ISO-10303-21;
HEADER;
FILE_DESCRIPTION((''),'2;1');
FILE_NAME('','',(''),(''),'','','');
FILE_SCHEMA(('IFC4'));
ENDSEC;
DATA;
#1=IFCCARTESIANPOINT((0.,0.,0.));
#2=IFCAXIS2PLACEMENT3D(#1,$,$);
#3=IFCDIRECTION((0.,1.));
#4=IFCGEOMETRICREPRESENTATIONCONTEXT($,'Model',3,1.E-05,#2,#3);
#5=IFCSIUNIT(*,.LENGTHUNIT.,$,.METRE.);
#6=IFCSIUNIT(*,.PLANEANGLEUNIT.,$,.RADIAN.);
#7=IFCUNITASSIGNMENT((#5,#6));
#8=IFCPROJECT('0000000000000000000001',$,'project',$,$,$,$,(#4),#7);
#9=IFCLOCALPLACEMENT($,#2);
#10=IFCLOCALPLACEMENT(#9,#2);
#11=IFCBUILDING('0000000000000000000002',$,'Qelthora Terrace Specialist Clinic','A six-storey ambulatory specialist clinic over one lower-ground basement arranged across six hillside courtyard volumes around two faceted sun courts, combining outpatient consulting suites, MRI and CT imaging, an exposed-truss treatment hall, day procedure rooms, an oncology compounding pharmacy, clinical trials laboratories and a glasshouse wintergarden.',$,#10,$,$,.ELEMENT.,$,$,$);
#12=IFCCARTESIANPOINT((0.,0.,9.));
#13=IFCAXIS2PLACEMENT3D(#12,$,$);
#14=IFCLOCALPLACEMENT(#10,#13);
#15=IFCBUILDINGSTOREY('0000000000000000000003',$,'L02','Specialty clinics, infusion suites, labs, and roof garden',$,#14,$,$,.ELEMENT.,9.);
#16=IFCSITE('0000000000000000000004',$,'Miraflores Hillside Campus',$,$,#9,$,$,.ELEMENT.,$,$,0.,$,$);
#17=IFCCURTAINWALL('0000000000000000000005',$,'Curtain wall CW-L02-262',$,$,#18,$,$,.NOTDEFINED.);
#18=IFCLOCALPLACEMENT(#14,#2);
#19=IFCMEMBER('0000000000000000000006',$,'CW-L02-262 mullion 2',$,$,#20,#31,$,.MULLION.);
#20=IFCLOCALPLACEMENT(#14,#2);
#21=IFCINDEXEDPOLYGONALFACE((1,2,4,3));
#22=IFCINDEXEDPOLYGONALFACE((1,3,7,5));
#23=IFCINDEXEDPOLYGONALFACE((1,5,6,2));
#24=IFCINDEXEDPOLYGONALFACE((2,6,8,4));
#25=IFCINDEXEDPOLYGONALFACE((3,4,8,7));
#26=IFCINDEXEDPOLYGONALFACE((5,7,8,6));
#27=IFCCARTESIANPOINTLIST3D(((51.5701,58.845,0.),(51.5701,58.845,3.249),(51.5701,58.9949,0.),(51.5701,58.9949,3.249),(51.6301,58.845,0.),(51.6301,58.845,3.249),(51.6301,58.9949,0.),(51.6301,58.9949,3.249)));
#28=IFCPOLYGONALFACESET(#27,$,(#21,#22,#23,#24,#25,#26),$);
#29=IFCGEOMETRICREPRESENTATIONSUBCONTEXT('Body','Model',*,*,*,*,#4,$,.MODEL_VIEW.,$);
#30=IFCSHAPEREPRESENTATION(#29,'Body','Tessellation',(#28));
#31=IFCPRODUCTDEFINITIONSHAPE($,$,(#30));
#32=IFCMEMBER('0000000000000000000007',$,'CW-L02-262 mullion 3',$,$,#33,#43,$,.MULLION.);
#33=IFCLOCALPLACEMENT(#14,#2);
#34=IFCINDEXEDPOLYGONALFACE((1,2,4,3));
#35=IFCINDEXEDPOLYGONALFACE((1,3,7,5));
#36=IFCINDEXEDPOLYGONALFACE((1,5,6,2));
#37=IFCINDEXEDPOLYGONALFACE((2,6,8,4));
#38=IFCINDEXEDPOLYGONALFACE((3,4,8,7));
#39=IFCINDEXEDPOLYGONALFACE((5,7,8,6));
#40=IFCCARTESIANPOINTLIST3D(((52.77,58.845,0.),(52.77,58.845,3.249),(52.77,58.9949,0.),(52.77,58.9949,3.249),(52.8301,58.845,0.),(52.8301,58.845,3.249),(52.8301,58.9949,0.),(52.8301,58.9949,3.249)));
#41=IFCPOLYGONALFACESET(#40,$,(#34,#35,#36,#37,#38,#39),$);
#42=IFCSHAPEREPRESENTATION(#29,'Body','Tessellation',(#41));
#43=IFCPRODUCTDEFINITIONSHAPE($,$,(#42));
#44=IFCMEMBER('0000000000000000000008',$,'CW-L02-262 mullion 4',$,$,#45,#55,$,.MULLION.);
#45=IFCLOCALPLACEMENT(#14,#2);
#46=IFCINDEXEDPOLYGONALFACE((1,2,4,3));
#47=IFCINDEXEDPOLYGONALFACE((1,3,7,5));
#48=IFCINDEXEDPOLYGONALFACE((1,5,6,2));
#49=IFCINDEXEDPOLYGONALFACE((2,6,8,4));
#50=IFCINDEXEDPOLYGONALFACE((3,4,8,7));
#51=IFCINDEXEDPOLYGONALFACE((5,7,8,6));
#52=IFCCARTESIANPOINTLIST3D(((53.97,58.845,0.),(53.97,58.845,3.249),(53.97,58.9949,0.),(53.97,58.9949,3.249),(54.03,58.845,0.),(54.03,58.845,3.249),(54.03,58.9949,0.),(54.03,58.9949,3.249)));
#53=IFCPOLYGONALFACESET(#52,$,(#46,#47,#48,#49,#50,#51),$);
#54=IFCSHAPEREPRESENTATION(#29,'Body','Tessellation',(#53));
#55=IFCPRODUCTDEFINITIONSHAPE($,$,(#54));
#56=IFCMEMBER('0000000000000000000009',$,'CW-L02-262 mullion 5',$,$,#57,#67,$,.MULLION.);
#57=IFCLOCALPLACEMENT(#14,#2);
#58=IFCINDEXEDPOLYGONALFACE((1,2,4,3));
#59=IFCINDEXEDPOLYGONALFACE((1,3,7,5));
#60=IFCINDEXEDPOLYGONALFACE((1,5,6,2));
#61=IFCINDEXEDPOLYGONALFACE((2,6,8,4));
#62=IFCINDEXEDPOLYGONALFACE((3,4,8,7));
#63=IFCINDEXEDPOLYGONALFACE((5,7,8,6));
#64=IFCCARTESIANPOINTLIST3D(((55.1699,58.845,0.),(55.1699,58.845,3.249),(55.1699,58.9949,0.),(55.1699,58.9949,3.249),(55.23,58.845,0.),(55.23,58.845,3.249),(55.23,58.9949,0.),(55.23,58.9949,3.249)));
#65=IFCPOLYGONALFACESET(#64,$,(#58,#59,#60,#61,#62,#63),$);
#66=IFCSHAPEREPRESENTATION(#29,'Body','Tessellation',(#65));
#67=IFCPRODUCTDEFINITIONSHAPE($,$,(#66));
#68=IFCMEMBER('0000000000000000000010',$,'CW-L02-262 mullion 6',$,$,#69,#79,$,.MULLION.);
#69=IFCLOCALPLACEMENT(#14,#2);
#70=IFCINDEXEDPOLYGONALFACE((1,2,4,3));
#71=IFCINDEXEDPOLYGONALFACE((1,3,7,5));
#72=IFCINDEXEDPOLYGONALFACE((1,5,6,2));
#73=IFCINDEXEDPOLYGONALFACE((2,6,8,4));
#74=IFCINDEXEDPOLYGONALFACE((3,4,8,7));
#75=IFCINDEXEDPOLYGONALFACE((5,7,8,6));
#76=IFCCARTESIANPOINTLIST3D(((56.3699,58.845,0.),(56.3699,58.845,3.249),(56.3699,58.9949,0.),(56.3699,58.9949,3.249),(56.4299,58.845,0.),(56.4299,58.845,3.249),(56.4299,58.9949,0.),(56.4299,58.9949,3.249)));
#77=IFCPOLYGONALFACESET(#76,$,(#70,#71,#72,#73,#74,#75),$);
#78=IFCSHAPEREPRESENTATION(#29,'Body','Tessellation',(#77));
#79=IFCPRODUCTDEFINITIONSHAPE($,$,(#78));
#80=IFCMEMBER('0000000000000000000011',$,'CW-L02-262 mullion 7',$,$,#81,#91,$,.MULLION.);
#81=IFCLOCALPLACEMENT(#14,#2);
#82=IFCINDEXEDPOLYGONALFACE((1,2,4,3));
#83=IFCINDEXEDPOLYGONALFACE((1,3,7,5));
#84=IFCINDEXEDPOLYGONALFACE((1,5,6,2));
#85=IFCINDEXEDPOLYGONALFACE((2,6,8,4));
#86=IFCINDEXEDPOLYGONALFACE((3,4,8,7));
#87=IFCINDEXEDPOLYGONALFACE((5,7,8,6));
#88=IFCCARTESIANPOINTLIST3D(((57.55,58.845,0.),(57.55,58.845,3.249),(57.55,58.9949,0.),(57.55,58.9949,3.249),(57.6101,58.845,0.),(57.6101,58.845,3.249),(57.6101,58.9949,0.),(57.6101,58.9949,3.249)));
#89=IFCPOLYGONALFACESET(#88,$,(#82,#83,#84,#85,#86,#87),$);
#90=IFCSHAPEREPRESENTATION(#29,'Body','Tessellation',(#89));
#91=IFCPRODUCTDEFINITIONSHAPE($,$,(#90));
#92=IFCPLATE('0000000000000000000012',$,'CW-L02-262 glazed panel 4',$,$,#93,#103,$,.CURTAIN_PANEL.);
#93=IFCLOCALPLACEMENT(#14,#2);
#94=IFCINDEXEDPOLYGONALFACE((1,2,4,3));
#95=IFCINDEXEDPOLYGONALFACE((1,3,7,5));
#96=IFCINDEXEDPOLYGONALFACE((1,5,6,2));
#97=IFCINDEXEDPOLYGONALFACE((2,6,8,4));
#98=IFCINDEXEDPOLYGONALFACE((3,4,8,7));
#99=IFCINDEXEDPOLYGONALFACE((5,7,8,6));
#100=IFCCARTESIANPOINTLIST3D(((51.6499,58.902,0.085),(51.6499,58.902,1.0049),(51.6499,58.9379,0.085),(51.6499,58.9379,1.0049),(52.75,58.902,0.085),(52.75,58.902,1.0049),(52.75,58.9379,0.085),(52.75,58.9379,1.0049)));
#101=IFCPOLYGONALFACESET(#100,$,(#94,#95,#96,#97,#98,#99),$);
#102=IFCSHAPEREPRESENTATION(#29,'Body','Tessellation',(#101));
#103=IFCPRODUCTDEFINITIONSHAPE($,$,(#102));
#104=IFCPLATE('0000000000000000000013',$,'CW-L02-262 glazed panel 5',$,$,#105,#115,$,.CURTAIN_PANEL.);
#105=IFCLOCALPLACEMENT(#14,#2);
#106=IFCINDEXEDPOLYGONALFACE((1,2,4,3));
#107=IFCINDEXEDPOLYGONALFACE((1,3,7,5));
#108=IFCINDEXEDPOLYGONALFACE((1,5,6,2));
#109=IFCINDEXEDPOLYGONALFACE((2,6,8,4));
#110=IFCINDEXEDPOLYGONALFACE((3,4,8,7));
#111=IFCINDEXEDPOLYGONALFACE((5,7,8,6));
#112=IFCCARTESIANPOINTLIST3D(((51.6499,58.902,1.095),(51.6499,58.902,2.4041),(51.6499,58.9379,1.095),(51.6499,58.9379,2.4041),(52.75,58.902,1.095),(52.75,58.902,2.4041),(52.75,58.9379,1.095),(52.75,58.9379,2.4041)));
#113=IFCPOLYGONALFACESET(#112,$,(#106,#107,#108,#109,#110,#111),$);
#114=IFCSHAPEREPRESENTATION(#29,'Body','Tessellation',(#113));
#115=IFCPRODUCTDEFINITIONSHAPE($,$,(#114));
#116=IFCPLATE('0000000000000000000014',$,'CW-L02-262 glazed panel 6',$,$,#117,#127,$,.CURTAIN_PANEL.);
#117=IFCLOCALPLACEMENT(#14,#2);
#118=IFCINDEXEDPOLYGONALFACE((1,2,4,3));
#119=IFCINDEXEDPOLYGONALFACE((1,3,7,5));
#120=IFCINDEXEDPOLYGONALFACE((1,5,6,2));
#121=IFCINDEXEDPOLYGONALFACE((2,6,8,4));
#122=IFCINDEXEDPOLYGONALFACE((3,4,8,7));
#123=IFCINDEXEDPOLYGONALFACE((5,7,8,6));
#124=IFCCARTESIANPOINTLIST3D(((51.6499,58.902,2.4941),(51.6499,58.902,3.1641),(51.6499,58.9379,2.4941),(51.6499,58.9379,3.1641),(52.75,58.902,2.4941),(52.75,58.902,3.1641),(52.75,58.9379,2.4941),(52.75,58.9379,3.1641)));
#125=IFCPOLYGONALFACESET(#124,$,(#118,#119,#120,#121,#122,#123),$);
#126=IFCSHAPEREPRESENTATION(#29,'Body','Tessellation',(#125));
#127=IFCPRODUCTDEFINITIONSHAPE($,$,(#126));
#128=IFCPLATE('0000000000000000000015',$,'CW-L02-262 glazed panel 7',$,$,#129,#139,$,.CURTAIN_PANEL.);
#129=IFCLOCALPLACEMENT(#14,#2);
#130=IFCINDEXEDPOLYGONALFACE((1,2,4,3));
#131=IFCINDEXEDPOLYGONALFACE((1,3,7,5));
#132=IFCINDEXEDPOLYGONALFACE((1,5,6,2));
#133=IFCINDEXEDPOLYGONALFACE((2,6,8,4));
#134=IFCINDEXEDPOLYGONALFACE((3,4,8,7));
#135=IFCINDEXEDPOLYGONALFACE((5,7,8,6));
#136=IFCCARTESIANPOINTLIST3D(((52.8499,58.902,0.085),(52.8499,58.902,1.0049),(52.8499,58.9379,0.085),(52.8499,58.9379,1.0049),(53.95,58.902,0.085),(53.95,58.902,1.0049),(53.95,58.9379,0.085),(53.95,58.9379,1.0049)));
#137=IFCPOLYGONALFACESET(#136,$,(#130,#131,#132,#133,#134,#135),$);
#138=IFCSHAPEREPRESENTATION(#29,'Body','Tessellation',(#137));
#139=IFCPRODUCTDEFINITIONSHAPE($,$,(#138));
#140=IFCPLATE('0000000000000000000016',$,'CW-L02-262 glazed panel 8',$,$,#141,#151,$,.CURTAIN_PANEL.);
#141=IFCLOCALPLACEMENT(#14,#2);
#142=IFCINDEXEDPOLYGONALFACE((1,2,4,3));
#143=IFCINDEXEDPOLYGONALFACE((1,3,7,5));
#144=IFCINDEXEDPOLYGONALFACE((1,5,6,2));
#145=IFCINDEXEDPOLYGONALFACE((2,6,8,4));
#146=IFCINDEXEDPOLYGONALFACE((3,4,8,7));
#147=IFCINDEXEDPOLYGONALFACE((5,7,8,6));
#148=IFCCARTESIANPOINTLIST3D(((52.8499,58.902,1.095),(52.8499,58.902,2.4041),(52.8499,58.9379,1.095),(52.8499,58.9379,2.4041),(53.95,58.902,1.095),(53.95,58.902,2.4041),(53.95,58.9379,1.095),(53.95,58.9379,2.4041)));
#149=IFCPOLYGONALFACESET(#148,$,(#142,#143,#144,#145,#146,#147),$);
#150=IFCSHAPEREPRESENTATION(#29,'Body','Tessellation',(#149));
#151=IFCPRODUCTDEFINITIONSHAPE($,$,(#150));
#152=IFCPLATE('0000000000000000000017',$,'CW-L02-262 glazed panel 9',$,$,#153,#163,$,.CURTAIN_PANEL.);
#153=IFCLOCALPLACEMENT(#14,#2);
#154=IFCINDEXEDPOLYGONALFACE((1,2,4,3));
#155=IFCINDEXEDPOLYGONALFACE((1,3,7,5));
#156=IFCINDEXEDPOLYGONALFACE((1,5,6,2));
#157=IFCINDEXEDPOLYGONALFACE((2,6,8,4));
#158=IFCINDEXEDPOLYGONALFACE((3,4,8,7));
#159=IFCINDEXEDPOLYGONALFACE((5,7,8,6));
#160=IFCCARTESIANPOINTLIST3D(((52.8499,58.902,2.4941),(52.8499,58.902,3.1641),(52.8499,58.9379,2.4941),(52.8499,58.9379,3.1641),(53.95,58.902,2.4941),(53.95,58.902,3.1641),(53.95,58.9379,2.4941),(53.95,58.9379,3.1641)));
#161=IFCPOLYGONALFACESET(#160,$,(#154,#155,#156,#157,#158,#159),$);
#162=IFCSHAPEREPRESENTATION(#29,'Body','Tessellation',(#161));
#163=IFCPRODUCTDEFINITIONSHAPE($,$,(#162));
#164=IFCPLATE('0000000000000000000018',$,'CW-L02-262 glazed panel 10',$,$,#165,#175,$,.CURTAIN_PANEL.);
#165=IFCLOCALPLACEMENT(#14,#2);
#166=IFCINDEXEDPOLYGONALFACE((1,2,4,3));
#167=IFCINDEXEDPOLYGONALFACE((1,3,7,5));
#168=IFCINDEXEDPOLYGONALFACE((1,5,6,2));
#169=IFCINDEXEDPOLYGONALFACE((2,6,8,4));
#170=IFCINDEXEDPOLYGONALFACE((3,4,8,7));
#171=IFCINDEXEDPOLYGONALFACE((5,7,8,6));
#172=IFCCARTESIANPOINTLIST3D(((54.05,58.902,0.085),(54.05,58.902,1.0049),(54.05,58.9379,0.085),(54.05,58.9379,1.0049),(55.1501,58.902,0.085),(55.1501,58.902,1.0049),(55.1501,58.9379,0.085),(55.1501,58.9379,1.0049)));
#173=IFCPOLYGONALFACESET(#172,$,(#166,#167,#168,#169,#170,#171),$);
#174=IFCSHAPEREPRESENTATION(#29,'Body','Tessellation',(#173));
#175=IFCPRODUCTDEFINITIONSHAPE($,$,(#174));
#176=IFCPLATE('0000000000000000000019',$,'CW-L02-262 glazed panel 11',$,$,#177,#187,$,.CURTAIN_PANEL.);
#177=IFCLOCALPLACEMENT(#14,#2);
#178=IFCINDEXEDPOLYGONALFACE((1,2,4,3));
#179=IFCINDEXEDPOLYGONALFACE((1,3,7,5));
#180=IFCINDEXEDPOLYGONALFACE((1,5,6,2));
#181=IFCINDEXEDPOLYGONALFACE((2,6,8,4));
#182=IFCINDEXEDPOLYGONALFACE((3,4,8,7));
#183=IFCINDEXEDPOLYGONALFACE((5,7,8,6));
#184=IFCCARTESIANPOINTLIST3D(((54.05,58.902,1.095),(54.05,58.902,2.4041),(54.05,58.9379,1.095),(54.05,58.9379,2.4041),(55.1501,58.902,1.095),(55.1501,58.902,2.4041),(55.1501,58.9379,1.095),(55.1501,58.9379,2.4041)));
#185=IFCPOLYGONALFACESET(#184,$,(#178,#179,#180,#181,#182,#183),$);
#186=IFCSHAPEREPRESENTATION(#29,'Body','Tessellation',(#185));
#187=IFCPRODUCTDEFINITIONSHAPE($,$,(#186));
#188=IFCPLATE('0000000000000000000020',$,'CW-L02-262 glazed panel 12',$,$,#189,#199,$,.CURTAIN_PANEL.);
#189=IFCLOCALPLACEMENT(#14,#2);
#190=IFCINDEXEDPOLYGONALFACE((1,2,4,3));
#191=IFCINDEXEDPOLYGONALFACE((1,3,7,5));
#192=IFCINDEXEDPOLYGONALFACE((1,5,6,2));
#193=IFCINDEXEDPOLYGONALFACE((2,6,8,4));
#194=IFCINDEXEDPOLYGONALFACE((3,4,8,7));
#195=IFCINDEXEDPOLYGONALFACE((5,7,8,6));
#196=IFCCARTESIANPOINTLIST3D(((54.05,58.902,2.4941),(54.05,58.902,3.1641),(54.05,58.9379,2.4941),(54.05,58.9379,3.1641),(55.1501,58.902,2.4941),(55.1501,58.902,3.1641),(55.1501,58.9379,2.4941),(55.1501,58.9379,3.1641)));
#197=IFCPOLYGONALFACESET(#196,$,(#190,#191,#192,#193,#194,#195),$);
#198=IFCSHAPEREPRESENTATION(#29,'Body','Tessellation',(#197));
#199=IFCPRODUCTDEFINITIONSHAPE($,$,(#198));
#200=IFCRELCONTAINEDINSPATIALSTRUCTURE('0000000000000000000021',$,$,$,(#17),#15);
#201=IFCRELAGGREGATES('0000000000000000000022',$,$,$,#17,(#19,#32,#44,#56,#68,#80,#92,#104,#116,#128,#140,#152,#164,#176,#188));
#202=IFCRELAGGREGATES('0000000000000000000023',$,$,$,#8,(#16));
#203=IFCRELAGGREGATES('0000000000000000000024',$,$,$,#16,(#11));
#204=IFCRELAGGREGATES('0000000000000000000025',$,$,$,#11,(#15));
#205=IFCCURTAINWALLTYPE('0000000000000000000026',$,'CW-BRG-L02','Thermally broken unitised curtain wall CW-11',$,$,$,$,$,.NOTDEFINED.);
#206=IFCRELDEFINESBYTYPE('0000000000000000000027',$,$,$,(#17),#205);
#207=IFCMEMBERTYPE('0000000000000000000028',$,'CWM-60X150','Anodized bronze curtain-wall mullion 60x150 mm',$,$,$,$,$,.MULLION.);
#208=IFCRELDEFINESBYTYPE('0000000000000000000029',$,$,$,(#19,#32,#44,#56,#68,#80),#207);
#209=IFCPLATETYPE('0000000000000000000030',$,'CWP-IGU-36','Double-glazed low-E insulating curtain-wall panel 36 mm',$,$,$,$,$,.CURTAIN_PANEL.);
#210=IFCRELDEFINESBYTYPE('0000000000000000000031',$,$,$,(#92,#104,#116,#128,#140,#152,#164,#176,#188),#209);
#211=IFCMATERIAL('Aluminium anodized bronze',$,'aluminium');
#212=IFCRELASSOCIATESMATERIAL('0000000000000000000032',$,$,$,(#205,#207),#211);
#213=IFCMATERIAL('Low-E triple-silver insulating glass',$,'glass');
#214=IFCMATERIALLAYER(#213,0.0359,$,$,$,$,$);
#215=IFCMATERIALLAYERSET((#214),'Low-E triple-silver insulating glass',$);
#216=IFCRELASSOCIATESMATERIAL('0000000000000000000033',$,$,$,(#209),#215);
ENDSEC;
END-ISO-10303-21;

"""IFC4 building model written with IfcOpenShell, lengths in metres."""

from ifc_helpers import new_model, si_unit, direction, frame, origin, origin_2d, place, context, subcontext, project, spatial, rectangle, extrude, material, layer, layer_set, material_profile, profile_set, type_object, element, aggregate, save


model = new_model("IFC4")

# Units and contexts
model_context = context("Model", 3, precision=1e-05, world=origin(), true_north=direction((0.0, 1.0)))
body_context = subcontext(model_context, "Body", "Model", "MODEL_VIEW")
ifc_project = project(units=[si_unit("LENGTHUNIT", "METRE"), si_unit("PLANEANGLEUNIT", "RADIAN")], contexts=[model_context])

# Site, building, storey
site_placement = place(None, origin())
site = spatial("IfcSite", under=ifc_project, at=site_placement, Name="Miraflores Hillside Campus", CompositionType="ELEMENT", RefElevation=0.0)
building_placement = place(site_placement, origin())
building = spatial("IfcBuilding", under=site, at=building_placement, Name="Qelthora Terrace Specialist Clinic", Description="A six-storey ambulatory specialist clinic over one lower-ground basement arranged across six hillside courtyard volumes around two faceted sun courts, combining outpatient consulting suites, MRI and CT imaging, an exposed-truss treatment hall, day procedure rooms, an oncology compounding pharmacy, clinical trials laboratories and a glasshouse wintergarden.", CompositionType="ELEMENT")
storey_placement = place(building_placement, frame((0.0, 0.0, 9.0)))
storey = spatial("IfcBuildingStorey", under=building, at=storey_placement, Name="L02", Description="Specialty clinics, infusion suites, labs, and roof garden", CompositionType="ELEMENT", Elevation=9.0)

# Curtain wall, members, plates
ifc_material_1 = material(Name="Aluminium anodized bronze", Category="aluminium")
curtain_wall_type = type_object("IfcCurtainWallType", Name="CW-BRG-L02", Description="Thermally broken unitised curtain wall CW-11", PredefinedType="NOTDEFINED", material=ifc_material_1)
curtain_wall_placement = place(storey_placement, origin())
curtain_wall = element("IfcCurtainWall", 1, at=curtain_wall_placement, inside=storey, type_object=curtain_wall_type, Name="Curtain wall CW-L02-262", PredefinedType="NOTDEFINED")
ifc_material_profile = material_profile(ifc_material_1, rectangle(XDim=0.0601, YDim=0.1499, at=origin_2d()), Name="CWM60X150")
ifc_profile_set = profile_set([ifc_material_profile], Name="Aluminium anodized bronze")
member_type = type_object("IfcMemberType", Name="CWM-60X150", Description="Anodized bronze curtain-wall mullion 60x150 mm", PredefinedType="MULLION", material=ifc_profile_set)
member_1_placement = place(storey_placement, frame((51.6001, 58.9199, 0.0), z_axis=(0.0, 0.0, 1.0), x_axis=(1.0, 0.0, 0.0)))
member_1 = element("IfcMember", 2, at=member_1_placement, type_object=member_type, Name="CW-L02-262 mullion 2", PredefinedType="MULLION", context=body_context, shape_type="SweptSolid", body=[
    extrude(rectangle(XDim=0.0601, YDim=0.1499, at=origin_2d()), origin(), (0.0, 0.0, 1.0), 3.249),
])
member_2_placement = place(storey_placement, frame((52.8, 58.9199, 0.0), z_axis=(0.0, 0.0, 1.0), x_axis=(1.0, 0.0, 0.0)))
member_2 = element("IfcMember", 3, at=member_2_placement, type_object=member_type, Name="CW-L02-262 mullion 3", PredefinedType="MULLION", context=body_context, shape_type="SweptSolid", body=[
    extrude(rectangle(XDim=0.0601, YDim=0.1499, at=origin_2d()), origin(), (0.0, 0.0, 1.0), 3.249),
])
member_3_placement = place(storey_placement, frame((54.0, 58.9199, 0.0), z_axis=(0.0, 0.0, 1.0), x_axis=(1.0, 0.0, 0.0)))
member_3 = element("IfcMember", 4, at=member_3_placement, type_object=member_type, Name="CW-L02-262 mullion 4", PredefinedType="MULLION", context=body_context, shape_type="SweptSolid", body=[
    extrude(rectangle(XDim=0.0601, YDim=0.1499, at=origin_2d()), origin(), (0.0, 0.0, 1.0), 3.249),
])
member_4_placement = place(storey_placement, frame((55.2, 58.9199, 0.0), z_axis=(0.0, 0.0, 1.0), x_axis=(1.0, 0.0, 0.0)))
member_4 = element("IfcMember", 5, at=member_4_placement, type_object=member_type, Name="CW-L02-262 mullion 5", PredefinedType="MULLION", context=body_context, shape_type="SweptSolid", body=[
    extrude(rectangle(XDim=0.0601, YDim=0.1499, at=origin_2d()), origin(), (0.0, 0.0, 1.0), 3.249),
])
member_5_placement = place(storey_placement, frame((56.3999, 58.9199, 0.0), z_axis=(0.0, 0.0, 1.0), x_axis=(1.0, 0.0, 0.0)))
member_5 = element("IfcMember", 6, at=member_5_placement, type_object=member_type, Name="CW-L02-262 mullion 6", PredefinedType="MULLION", context=body_context, shape_type="SweptSolid", body=[
    extrude(rectangle(XDim=0.0601, YDim=0.1499, at=origin_2d()), origin(), (0.0, 0.0, 1.0), 3.249),
])
member_6_placement = place(storey_placement, frame((57.5801, 58.9199, 0.0), z_axis=(0.0, 0.0, 1.0), x_axis=(1.0, 0.0, 0.0)))
member_6 = element("IfcMember", 7, at=member_6_placement, type_object=member_type, Name="CW-L02-262 mullion 7", PredefinedType="MULLION", context=body_context, shape_type="SweptSolid", body=[
    extrude(rectangle(XDim=0.0601, YDim=0.1499, at=origin_2d()), origin(), (0.0, 0.0, 1.0), 3.249),
])
ifc_material_2 = material(Name="Low-E triple-silver insulating glass", Category="glass")
ifc_layer_1 = layer(ifc_material_2, 0.0359)
ifc_layer_set_1 = layer_set([ifc_layer_1], Name="Low-E triple-silver insulating glass")
plate_type = type_object("IfcPlateType", Name="CWP-IGU-36", Description="Double-glazed low-E insulating curtain-wall panel 36 mm", PredefinedType="CURTAIN_PANEL", material=ifc_layer_set_1)
plate_1_placement = place(storey_placement, frame((52.2, 58.9199, 0.085), z_axis=(0.0, 0.0, 1.0), x_axis=(1.0, 0.0, 0.0)))
plate_1 = element("IfcPlate", 8, at=plate_1_placement, type_object=plate_type, Name="CW-L02-262 glazed panel 4", PredefinedType="CURTAIN_PANEL", context=body_context, shape_type="SweptSolid", body=[
    extrude(rectangle(XDim=1.1001, YDim=0.0359, at=origin_2d()), origin(), (0.0, 0.0, 1.0), 0.9199),
])
plate_2_placement = place(storey_placement, frame((52.2, 58.9199, 1.095), z_axis=(0.0, 0.0, 1.0), x_axis=(1.0, 0.0, 0.0)))
plate_2 = element("IfcPlate", 9, at=plate_2_placement, type_object=plate_type, Name="CW-L02-262 glazed panel 5", PredefinedType="CURTAIN_PANEL", context=body_context, shape_type="SweptSolid", body=[
    extrude(rectangle(XDim=1.1001, YDim=0.0359, at=origin_2d()), origin(), (0.0, 0.0, 1.0), 1.3091),
])
plate_3_placement = place(storey_placement, frame((52.2, 58.9199, 2.4941), z_axis=(0.0, 0.0, 1.0), x_axis=(1.0, 0.0, 0.0)))
plate_3 = element("IfcPlate", 10, at=plate_3_placement, type_object=plate_type, Name="CW-L02-262 glazed panel 6", PredefinedType="CURTAIN_PANEL", context=body_context, shape_type="SweptSolid", body=[
    extrude(rectangle(XDim=1.1001, YDim=0.0359, at=origin_2d()), origin(), (0.0, 0.0, 1.0), 0.6699),
])
plate_4_placement = place(storey_placement, frame((53.3999, 58.9199, 0.085), z_axis=(0.0, 0.0, 1.0), x_axis=(1.0, 0.0, 0.0)))
plate_4 = element("IfcPlate", 11, at=plate_4_placement, type_object=plate_type, Name="CW-L02-262 glazed panel 7", PredefinedType="CURTAIN_PANEL", context=body_context, shape_type="SweptSolid", body=[
    extrude(rectangle(XDim=1.1001, YDim=0.0359, at=origin_2d()), origin(), (0.0, 0.0, 1.0), 0.9199),
])
plate_5_placement = place(storey_placement, frame((53.3999, 58.9199, 1.095), z_axis=(0.0, 0.0, 1.0), x_axis=(1.0, 0.0, 0.0)))
plate_5 = element("IfcPlate", 12, at=plate_5_placement, type_object=plate_type, Name="CW-L02-262 glazed panel 8", PredefinedType="CURTAIN_PANEL", context=body_context, shape_type="SweptSolid", body=[
    extrude(rectangle(XDim=1.1001, YDim=0.0359, at=origin_2d()), origin(), (0.0, 0.0, 1.0), 1.3091),
])
plate_6_placement = place(storey_placement, frame((53.3999, 58.9199, 2.4941), z_axis=(0.0, 0.0, 1.0), x_axis=(1.0, 0.0, 0.0)))
plate_6 = element("IfcPlate", 13, at=plate_6_placement, type_object=plate_type, Name="CW-L02-262 glazed panel 9", PredefinedType="CURTAIN_PANEL", context=body_context, shape_type="SweptSolid", body=[
    extrude(rectangle(XDim=1.1001, YDim=0.0359, at=origin_2d()), origin(), (0.0, 0.0, 1.0), 0.6699),
])
plate_7_placement = place(storey_placement, frame((54.6001, 58.9199, 0.085), z_axis=(0.0, 0.0, 1.0), x_axis=(1.0, 0.0, 0.0)))
plate_7 = element("IfcPlate", 14, at=plate_7_placement, type_object=plate_type, Name="CW-L02-262 glazed panel 10", PredefinedType="CURTAIN_PANEL", context=body_context, shape_type="SweptSolid", body=[
    extrude(rectangle(XDim=1.1001, YDim=0.0359, at=origin_2d()), origin(), (0.0, 0.0, 1.0), 0.9199),
])
plate_8_placement = place(storey_placement, frame((54.6001, 58.9199, 1.095), z_axis=(0.0, 0.0, 1.0), x_axis=(1.0, 0.0, 0.0)))
plate_8 = element("IfcPlate", 15, at=plate_8_placement, type_object=plate_type, Name="CW-L02-262 glazed panel 11", PredefinedType="CURTAIN_PANEL", context=body_context, shape_type="SweptSolid", body=[
    extrude(rectangle(XDim=1.1001, YDim=0.0359, at=origin_2d()), origin(), (0.0, 0.0, 1.0), 1.3091),
])
plate_9_placement = place(storey_placement, frame((54.6001, 58.9199, 2.4941), z_axis=(0.0, 0.0, 1.0), x_axis=(1.0, 0.0, 0.0)))
plate_9 = element("IfcPlate", 16, at=plate_9_placement, type_object=plate_type, Name="CW-L02-262 glazed panel 12", PredefinedType="CURTAIN_PANEL", context=body_context, shape_type="SweptSolid", body=[
    extrude(rectangle(XDim=1.1001, YDim=0.0359, at=origin_2d()), origin(), (0.0, 0.0, 1.0), 0.6699),
])
aggregate(curtain_wall, [member_1, member_2, member_3, member_4, member_5, member_6, plate_1, plate_2, plate_3, plate_4, plate_5, plate_6, plate_7, plate_8, plate_9])

save(model, "model.ifc")
